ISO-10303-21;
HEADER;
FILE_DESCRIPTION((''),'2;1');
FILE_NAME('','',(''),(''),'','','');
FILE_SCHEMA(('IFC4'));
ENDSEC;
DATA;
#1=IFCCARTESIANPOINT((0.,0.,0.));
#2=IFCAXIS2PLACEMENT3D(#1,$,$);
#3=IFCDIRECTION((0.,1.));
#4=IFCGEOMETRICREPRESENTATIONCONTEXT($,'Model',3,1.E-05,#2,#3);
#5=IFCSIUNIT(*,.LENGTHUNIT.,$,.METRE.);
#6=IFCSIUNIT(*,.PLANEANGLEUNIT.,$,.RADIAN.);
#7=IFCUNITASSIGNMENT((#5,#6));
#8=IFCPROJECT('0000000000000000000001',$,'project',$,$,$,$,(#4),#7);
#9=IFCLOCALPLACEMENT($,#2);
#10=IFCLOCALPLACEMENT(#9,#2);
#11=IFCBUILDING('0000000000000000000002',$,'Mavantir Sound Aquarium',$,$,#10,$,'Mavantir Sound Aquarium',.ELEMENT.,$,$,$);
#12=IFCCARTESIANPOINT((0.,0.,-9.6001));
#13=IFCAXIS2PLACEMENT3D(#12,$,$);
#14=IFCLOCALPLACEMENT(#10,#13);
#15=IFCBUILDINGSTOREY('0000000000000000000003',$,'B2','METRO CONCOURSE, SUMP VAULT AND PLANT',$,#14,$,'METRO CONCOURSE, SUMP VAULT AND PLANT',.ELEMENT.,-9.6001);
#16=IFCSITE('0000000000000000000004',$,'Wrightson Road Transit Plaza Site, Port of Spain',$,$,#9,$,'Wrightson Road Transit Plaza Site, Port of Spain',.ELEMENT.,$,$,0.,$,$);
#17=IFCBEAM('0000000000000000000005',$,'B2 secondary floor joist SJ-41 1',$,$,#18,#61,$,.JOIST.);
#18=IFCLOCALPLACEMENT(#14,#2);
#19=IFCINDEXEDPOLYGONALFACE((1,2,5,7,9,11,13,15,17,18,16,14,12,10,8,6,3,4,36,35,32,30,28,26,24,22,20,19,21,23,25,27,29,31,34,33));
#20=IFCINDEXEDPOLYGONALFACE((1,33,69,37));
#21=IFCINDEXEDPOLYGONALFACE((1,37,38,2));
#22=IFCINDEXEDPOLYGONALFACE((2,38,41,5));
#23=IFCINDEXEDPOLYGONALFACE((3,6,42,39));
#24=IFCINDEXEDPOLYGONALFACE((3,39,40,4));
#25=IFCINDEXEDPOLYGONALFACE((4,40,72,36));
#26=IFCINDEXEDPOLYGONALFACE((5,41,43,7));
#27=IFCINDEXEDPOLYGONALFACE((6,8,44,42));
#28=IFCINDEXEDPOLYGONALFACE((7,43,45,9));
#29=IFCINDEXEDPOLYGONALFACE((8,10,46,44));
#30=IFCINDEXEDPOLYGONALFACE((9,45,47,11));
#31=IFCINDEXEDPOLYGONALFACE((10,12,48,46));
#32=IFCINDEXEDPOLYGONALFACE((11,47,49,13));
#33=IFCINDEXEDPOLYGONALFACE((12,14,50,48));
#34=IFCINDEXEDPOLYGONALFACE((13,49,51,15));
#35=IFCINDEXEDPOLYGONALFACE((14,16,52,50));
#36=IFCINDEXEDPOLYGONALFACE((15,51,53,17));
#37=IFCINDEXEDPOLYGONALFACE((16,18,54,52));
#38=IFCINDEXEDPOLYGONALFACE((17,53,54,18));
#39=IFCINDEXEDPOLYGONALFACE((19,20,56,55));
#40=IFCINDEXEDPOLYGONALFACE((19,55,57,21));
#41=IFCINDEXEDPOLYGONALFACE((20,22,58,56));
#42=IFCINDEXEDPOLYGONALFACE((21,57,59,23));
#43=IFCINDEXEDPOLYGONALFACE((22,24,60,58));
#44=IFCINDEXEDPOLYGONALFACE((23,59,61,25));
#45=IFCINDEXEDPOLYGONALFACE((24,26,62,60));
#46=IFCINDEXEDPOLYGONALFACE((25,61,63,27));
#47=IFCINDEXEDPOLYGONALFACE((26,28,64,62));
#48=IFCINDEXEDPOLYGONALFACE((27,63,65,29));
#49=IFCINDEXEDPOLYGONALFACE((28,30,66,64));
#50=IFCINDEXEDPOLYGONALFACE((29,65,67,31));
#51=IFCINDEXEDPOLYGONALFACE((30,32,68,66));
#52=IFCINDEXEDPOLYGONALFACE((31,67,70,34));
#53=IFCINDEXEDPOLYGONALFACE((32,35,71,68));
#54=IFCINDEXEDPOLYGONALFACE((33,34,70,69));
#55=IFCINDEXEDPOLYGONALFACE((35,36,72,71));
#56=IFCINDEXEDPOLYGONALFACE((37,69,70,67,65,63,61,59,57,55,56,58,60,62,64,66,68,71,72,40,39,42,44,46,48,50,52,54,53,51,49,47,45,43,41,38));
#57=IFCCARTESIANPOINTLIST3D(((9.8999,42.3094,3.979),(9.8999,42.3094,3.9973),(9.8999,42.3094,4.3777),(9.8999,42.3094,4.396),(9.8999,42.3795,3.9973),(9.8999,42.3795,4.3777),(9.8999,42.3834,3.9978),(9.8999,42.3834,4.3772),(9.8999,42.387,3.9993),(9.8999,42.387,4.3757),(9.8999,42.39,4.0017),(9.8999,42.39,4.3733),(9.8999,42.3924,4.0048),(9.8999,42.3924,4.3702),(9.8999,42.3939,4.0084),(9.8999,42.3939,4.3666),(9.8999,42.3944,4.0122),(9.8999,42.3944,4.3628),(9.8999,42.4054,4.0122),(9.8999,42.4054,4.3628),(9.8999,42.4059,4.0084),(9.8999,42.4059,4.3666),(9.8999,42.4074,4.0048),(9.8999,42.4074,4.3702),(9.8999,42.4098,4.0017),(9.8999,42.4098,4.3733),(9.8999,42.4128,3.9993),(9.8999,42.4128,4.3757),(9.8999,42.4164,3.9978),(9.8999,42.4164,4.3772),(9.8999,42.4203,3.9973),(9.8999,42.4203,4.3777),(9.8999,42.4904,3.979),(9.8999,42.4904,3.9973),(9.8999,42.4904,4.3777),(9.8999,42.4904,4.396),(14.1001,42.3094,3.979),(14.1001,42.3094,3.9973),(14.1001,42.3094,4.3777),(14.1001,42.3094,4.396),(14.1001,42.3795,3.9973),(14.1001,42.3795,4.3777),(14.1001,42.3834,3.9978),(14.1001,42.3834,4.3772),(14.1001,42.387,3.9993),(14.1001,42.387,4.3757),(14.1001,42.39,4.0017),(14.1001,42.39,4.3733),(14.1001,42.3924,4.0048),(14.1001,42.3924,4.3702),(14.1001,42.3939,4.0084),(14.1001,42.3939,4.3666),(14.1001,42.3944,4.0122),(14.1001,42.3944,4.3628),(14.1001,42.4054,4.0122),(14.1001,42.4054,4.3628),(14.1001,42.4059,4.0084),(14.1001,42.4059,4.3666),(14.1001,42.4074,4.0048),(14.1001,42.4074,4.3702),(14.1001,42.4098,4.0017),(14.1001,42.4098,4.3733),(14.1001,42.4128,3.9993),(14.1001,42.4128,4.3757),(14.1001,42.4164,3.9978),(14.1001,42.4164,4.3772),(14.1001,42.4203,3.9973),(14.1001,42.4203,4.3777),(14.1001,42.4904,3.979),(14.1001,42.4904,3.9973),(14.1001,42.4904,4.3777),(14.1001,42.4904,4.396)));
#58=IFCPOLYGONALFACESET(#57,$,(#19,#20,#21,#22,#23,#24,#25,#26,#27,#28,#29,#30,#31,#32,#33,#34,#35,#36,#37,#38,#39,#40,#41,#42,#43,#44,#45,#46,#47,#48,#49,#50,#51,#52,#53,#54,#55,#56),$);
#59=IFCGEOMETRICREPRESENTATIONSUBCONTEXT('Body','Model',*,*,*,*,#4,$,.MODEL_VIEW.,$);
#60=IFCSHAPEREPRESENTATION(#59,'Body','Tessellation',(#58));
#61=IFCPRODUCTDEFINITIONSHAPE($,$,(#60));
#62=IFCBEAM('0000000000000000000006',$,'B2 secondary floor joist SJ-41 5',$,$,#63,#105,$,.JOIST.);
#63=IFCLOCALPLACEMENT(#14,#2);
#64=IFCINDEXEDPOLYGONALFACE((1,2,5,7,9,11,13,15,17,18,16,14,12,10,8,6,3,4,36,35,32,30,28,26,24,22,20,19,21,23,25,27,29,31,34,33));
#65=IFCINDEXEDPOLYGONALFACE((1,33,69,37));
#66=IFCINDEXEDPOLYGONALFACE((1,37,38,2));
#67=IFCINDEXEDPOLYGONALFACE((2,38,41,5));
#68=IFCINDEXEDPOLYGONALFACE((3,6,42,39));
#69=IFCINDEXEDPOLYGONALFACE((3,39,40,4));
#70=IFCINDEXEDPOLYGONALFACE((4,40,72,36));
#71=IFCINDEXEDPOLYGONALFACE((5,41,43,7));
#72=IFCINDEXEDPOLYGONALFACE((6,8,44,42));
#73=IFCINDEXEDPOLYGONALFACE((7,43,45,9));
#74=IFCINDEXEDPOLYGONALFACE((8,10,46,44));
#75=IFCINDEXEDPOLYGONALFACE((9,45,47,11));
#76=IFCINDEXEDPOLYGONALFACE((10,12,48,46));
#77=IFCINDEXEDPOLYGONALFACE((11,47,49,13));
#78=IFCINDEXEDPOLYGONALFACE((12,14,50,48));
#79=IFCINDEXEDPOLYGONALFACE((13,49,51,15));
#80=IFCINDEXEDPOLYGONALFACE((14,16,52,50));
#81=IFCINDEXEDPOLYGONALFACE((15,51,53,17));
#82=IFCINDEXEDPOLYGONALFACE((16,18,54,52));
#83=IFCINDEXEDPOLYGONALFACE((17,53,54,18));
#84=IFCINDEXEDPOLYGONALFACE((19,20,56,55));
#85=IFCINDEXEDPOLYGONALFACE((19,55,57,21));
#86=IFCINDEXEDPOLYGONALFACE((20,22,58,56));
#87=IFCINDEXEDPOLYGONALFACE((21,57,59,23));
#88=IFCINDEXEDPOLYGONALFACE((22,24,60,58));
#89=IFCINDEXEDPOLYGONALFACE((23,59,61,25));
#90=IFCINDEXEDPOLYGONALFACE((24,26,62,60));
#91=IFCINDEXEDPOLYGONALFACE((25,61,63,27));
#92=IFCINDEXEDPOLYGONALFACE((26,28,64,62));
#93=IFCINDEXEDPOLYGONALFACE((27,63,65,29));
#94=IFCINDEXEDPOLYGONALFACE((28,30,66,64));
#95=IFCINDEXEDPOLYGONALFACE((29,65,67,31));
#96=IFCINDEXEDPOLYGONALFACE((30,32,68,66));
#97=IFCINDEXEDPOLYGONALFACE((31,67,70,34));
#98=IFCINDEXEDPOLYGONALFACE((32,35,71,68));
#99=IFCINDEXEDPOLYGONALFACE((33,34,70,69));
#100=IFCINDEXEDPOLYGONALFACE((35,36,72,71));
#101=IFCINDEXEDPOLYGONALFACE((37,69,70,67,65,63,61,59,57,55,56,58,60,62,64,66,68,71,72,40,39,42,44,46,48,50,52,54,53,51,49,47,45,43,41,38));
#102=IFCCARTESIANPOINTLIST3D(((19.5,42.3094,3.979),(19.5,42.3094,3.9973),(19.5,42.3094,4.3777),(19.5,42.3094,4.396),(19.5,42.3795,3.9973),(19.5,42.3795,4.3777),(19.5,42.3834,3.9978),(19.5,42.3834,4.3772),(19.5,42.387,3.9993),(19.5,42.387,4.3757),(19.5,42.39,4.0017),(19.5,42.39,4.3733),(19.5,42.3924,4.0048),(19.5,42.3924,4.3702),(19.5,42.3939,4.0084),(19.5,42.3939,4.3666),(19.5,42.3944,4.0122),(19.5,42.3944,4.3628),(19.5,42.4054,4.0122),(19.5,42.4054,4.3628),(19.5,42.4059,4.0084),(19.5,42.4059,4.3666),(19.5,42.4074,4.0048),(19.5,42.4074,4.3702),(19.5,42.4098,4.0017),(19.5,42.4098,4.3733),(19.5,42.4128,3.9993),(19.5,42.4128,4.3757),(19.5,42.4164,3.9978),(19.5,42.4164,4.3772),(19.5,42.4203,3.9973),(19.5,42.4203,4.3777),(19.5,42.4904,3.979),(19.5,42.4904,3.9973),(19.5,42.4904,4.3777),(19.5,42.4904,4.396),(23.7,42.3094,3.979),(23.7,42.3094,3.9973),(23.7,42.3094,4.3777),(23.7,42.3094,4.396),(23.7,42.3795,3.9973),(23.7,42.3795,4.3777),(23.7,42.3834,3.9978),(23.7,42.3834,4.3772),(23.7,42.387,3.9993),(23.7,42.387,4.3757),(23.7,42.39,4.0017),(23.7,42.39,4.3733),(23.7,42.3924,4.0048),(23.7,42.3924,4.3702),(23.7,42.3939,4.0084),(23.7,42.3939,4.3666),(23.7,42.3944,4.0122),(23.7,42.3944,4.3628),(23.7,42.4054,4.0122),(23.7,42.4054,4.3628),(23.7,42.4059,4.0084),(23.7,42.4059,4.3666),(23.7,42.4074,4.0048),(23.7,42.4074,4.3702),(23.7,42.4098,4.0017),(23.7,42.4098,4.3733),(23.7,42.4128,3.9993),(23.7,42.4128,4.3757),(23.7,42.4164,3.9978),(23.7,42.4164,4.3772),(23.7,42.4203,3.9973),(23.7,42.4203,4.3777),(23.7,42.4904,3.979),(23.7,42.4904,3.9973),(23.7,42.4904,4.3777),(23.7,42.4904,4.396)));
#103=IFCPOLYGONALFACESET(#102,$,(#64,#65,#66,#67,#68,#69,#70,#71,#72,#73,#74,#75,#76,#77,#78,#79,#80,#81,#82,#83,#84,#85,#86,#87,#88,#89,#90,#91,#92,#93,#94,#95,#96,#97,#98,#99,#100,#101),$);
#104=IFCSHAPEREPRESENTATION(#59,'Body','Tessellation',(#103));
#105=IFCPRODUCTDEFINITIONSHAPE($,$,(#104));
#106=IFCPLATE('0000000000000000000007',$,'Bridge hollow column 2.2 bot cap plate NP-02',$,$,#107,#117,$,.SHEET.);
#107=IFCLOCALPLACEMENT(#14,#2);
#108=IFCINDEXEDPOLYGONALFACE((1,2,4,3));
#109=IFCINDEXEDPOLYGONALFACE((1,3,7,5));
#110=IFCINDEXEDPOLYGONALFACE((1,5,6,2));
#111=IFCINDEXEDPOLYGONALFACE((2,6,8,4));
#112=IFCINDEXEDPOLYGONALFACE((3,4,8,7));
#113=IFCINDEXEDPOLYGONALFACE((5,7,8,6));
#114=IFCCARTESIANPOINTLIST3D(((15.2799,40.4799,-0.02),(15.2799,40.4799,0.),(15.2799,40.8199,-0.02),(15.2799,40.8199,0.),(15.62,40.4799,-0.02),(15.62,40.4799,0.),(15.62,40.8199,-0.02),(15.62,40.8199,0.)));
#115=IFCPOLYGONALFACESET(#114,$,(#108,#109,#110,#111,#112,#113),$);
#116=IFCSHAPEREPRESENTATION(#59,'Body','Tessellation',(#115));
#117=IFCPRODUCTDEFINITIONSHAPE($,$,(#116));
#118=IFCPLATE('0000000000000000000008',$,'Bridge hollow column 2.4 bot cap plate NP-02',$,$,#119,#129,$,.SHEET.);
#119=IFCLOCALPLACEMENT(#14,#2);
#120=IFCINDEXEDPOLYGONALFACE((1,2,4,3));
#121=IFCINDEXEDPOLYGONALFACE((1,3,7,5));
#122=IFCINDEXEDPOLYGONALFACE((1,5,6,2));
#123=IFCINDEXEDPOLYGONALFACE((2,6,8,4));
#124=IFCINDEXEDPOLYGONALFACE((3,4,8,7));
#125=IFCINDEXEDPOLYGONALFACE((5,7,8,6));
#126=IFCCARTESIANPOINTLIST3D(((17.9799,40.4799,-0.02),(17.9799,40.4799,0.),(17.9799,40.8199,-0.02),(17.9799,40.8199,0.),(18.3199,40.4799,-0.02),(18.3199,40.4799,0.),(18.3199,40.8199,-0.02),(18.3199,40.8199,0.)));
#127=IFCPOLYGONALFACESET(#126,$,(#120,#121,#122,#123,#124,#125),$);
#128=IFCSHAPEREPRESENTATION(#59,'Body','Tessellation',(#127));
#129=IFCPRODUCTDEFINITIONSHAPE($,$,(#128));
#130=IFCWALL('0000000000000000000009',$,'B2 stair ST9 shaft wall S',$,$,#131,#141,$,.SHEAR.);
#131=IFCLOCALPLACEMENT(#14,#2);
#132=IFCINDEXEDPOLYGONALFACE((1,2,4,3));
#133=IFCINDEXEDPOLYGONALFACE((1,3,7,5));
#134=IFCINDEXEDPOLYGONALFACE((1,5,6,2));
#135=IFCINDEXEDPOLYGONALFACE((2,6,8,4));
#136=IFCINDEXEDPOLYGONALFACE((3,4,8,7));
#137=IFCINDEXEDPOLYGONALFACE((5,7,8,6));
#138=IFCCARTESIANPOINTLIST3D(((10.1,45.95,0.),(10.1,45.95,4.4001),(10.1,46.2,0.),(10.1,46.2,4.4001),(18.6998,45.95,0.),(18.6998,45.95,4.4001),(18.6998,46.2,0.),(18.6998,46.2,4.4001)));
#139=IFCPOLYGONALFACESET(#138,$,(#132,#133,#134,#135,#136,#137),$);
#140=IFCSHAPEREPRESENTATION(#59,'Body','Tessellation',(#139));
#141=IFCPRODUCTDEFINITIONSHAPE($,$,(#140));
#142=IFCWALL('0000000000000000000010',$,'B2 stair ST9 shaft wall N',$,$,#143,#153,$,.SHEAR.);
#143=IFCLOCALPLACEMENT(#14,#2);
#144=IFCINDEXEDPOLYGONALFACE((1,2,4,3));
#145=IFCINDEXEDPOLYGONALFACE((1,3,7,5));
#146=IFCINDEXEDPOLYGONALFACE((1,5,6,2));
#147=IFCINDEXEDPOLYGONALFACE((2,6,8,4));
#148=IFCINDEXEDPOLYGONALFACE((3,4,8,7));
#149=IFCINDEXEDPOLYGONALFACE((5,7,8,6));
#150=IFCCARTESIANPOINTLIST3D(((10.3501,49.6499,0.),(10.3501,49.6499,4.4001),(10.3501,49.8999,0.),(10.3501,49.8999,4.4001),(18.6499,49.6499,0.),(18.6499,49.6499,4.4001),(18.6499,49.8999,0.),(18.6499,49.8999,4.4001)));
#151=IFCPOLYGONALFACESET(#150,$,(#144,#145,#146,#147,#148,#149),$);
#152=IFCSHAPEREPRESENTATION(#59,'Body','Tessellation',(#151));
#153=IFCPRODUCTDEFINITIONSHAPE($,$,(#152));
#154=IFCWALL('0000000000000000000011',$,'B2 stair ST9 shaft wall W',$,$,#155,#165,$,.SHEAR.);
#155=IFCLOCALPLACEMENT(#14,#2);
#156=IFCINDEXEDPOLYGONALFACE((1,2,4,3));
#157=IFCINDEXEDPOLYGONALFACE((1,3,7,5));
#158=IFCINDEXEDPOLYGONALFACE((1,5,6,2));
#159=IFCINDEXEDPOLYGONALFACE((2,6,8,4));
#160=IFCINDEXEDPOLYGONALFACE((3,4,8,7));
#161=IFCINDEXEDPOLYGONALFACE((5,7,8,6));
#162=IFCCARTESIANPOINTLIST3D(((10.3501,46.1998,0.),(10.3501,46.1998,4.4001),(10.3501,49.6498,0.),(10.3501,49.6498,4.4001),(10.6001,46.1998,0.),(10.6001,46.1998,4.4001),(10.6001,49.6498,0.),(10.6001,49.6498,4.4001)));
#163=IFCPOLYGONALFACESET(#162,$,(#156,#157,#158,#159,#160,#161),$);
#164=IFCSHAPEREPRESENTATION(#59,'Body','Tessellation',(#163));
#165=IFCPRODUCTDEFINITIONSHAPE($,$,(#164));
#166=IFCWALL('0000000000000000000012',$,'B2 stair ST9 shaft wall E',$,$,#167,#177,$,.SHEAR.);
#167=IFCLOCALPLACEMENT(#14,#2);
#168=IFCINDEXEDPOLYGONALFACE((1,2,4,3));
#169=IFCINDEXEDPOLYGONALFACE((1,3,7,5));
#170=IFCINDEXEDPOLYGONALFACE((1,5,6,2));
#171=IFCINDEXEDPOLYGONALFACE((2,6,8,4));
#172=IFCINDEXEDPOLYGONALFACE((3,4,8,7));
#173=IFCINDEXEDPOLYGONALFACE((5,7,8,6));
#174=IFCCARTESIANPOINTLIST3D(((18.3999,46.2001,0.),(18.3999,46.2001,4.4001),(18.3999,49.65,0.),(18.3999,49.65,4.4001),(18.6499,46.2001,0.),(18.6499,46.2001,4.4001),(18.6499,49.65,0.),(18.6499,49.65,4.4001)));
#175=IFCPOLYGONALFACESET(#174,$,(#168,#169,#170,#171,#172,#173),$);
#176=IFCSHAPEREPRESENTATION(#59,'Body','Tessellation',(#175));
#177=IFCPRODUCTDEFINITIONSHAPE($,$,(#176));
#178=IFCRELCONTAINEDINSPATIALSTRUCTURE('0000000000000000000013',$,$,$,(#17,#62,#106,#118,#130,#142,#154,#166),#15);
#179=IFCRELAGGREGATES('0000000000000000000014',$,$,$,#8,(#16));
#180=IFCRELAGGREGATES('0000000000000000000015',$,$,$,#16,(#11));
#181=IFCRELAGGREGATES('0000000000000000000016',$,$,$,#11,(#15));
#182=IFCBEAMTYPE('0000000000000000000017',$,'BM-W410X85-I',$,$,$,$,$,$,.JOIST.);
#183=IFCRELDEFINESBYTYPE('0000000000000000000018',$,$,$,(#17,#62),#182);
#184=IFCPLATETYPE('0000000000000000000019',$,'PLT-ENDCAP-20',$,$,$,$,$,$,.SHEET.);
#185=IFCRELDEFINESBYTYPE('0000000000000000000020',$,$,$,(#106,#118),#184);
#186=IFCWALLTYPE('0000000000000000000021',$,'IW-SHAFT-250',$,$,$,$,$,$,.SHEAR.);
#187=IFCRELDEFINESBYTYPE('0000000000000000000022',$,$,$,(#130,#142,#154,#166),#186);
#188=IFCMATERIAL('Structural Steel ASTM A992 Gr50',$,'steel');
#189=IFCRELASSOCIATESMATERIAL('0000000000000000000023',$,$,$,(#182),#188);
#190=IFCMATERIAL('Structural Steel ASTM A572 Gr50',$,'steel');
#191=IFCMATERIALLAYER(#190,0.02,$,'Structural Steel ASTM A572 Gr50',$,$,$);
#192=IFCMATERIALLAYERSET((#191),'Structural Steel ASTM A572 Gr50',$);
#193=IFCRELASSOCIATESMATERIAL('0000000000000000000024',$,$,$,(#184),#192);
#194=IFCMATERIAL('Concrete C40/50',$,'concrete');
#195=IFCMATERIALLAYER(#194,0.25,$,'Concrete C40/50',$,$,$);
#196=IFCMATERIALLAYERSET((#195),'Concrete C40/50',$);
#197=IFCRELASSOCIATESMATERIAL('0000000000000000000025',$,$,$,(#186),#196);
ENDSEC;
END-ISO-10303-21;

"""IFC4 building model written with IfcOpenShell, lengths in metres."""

from ifc_helpers import new_model, si_unit, direction, frame, frame_2d, origin, origin_2d, place, context, subcontext, project, spatial, rectangle, i_section, extrude, material, layer, layer_set, material_profile, profile_set, type_object, element, save


model = new_model("IFC4")

# Units and contexts
model_context = context("Model", 3, precision=1e-05, world=origin(), true_north=direction((0.0, 1.0)))
body_context = subcontext(model_context, "Body", "Model", "MODEL_VIEW")
ifc_project = project(units=[si_unit("LENGTHUNIT", "METRE"), si_unit("PLANEANGLEUNIT", "RADIAN")], contexts=[model_context])

# Site, building, storey
site_placement = place(None, origin())
site = spatial("IfcSite", under=ifc_project, at=site_placement, Name="Wrightson Road Transit Plaza Site, Port of Spain", LongName="Wrightson Road Transit Plaza Site, Port of Spain", CompositionType="ELEMENT", RefElevation=0.0)
building_placement = place(site_placement, origin())
building = spatial("IfcBuilding", under=site, at=building_placement, Name="Mavantir Sound Aquarium", LongName="Mavantir Sound Aquarium", CompositionType="ELEMENT")
storey_placement = place(building_placement, frame((0.0, 0.0, -9.6001)))
storey = spatial("IfcBuildingStorey", under=building, at=storey_placement, Name="B2", Description="METRO CONCOURSE, SUMP VAULT AND PLANT", LongName="METRO CONCOURSE, SUMP VAULT AND PLANT", CompositionType="ELEMENT", Elevation=-9.6001)

# Shared definitions
ifc_material_1 = material(Name="Concrete C40/50", Category="concrete")

# Beams
ifc_material_2 = material(Name="Structural Steel ASTM A992 Gr50", Category="steel")
ifc_material_profile_1 = material_profile(ifc_material_2, i_section(OverallWidth=0.1809, OverallDepth=0.417, WebThickness=0.011, FlangeThickness=0.0183, FilletRadius=0.0149, at=origin_2d()), Name="W410X85")
ifc_profile_set_1 = profile_set([ifc_material_profile_1], Name="Structural Steel ASTM A992 Gr50")
beam_type_1 = type_object("IfcBeamType", Name="BM-W410X85-I", PredefinedType="JOIST", material=ifc_profile_set_1)
beam_1_placement = place(storey_placement, frame((9.8999, 42.3999, 4.1875), z_axis=(1.0, 0.0, 0.0), x_axis=(0.0, 1.0, 0.0)))
element("IfcBeam", 1, at=beam_1_placement, inside=storey, type_object=beam_type_1, Name="B2 secondary floor joist SJ-41 1", PredefinedType="JOIST", context=body_context, shape_type="SweptSolid", body=[
    extrude(i_section(OverallWidth=0.1809, OverallDepth=0.417, WebThickness=0.011, FlangeThickness=0.0183, FilletRadius=0.0149, at=origin_2d()), origin(), (0.0, 0.0, 1.0), 4.2002),
])
beam_2_placement = place(storey_placement, frame((19.5, 42.3999, 4.1875), z_axis=(1.0, 0.0, 0.0), x_axis=(0.0, 1.0, 0.0)))
element("IfcBeam", 2, at=beam_2_placement, inside=storey, type_object=beam_type_1, Name="B2 secondary floor joist SJ-41 5", PredefinedType="JOIST", context=body_context, shape_type="SweptSolid", body=[
    extrude(i_section(OverallWidth=0.1809, OverallDepth=0.417, WebThickness=0.011, FlangeThickness=0.0183, FilletRadius=0.0149, at=origin_2d()), origin(), (0.0, 0.0, 1.0), 4.2),
])

# Plates
ifc_material_3 = material(Name="Structural Steel ASTM A572 Gr50", Category="steel")
ifc_layer_1 = layer(ifc_material_3, 0.02, Name="Structural Steel ASTM A572 Gr50")
ifc_layer_set_1 = layer_set([ifc_layer_1], Name="Structural Steel ASTM A572 Gr50")
plate_type = type_object("IfcPlateType", Name="PLT-ENDCAP-20", PredefinedType="SHEET", material=ifc_layer_set_1)
for number, where, z_axis, x_axis, name in (
    (3, (15.45, 40.6499, -0.02), (0.0, 0.0, 1.0), (1.0, 0.0, 0.0), "Bridge hollow column 2.2 bot cap plate NP-02"),
    (4, (18.1499, 40.6499, -0.02), (0.0, 0.0, 1.0), (1.0, 0.0, 0.0), "Bridge hollow column 2.4 bot cap plate NP-02"),
):
    element("IfcPlate", number, at=place(storey_placement, frame(where, z_axis=z_axis, x_axis=x_axis)), inside=storey, type_object=plate_type, Name=name, PredefinedType="SHEET", context=body_context, shape_type="SweptSolid", body=[
        extrude(rectangle(XDim=0.3401, YDim=0.3401, at=origin_2d()), origin(), (0.0, 0.0, 1.0), 0.02),
    ])

# Walls
ifc_layer_2 = layer(ifc_material_1, 0.25, Name="Concrete C40/50")
ifc_layer_set_2 = layer_set([ifc_layer_2], Name="Concrete C40/50")
wall_type = type_object("IfcWallType", Name="IW-SHAFT-250", PredefinedType="SHEAR", material=ifc_layer_set_2)
wall_1_placement = place(storey_placement, frame((10.1001, 46.075, 0.0), z_axis=(0.0, 0.0, 1.0), x_axis=(1.0, 0.0, 0.0)))
element("IfcWall", 5, at=wall_1_placement, inside=storey, type_object=wall_type, Name="B2 stair ST9 shaft wall S", PredefinedType="SHEAR", context=body_context, shape_type="SweptSolid", body=[
    extrude(rectangle(XDim=8.5999, YDim=0.25, at=frame_2d((4.2998, 0.0))), origin(), (0.0, 0.0, 1.0), 4.4001),
])
wall_2_placement = place(storey_placement, frame((18.6499, 49.7749, 0.0), z_axis=(0.0, 0.0, 1.0), x_axis=(-1.0, 0.0, 0.0)))
element("IfcWall", 6, at=wall_2_placement, inside=storey, type_object=wall_type, Name="B2 stair ST9 shaft wall N", PredefinedType="SHEAR", context=body_context, shape_type="SweptSolid", body=[
    extrude(rectangle(XDim=8.2998, YDim=0.25, at=frame_2d((4.1499, 0.0))), origin(), (0.0, 0.0, 1.0), 4.4001),
])
for number, where, z_axis, x_axis, name in (
    (7, (10.4751, 49.6499, 0.0), (0.0, 0.0, 1.0), (0.0, -1.0, 0.0), "B2 stair ST9 shaft wall W"),
    (8, (18.5249, 46.2, 0.0), (0.0, 0.0, 1.0), (0.0, 1.0, 0.0), "B2 stair ST9 shaft wall E"),
):
    element("IfcWall", number, at=place(storey_placement, frame(where, z_axis=z_axis, x_axis=x_axis)), inside=storey, type_object=wall_type, Name=name, PredefinedType="SHEAR", context=body_context, shape_type="SweptSolid", body=[
        extrude(rectangle(XDim=3.45, YDim=0.25, at=frame_2d((1.7251, 0.0))), origin(), (0.0, 0.0, 1.0), 4.4001),
    ])

save(model, "model.ifc")
